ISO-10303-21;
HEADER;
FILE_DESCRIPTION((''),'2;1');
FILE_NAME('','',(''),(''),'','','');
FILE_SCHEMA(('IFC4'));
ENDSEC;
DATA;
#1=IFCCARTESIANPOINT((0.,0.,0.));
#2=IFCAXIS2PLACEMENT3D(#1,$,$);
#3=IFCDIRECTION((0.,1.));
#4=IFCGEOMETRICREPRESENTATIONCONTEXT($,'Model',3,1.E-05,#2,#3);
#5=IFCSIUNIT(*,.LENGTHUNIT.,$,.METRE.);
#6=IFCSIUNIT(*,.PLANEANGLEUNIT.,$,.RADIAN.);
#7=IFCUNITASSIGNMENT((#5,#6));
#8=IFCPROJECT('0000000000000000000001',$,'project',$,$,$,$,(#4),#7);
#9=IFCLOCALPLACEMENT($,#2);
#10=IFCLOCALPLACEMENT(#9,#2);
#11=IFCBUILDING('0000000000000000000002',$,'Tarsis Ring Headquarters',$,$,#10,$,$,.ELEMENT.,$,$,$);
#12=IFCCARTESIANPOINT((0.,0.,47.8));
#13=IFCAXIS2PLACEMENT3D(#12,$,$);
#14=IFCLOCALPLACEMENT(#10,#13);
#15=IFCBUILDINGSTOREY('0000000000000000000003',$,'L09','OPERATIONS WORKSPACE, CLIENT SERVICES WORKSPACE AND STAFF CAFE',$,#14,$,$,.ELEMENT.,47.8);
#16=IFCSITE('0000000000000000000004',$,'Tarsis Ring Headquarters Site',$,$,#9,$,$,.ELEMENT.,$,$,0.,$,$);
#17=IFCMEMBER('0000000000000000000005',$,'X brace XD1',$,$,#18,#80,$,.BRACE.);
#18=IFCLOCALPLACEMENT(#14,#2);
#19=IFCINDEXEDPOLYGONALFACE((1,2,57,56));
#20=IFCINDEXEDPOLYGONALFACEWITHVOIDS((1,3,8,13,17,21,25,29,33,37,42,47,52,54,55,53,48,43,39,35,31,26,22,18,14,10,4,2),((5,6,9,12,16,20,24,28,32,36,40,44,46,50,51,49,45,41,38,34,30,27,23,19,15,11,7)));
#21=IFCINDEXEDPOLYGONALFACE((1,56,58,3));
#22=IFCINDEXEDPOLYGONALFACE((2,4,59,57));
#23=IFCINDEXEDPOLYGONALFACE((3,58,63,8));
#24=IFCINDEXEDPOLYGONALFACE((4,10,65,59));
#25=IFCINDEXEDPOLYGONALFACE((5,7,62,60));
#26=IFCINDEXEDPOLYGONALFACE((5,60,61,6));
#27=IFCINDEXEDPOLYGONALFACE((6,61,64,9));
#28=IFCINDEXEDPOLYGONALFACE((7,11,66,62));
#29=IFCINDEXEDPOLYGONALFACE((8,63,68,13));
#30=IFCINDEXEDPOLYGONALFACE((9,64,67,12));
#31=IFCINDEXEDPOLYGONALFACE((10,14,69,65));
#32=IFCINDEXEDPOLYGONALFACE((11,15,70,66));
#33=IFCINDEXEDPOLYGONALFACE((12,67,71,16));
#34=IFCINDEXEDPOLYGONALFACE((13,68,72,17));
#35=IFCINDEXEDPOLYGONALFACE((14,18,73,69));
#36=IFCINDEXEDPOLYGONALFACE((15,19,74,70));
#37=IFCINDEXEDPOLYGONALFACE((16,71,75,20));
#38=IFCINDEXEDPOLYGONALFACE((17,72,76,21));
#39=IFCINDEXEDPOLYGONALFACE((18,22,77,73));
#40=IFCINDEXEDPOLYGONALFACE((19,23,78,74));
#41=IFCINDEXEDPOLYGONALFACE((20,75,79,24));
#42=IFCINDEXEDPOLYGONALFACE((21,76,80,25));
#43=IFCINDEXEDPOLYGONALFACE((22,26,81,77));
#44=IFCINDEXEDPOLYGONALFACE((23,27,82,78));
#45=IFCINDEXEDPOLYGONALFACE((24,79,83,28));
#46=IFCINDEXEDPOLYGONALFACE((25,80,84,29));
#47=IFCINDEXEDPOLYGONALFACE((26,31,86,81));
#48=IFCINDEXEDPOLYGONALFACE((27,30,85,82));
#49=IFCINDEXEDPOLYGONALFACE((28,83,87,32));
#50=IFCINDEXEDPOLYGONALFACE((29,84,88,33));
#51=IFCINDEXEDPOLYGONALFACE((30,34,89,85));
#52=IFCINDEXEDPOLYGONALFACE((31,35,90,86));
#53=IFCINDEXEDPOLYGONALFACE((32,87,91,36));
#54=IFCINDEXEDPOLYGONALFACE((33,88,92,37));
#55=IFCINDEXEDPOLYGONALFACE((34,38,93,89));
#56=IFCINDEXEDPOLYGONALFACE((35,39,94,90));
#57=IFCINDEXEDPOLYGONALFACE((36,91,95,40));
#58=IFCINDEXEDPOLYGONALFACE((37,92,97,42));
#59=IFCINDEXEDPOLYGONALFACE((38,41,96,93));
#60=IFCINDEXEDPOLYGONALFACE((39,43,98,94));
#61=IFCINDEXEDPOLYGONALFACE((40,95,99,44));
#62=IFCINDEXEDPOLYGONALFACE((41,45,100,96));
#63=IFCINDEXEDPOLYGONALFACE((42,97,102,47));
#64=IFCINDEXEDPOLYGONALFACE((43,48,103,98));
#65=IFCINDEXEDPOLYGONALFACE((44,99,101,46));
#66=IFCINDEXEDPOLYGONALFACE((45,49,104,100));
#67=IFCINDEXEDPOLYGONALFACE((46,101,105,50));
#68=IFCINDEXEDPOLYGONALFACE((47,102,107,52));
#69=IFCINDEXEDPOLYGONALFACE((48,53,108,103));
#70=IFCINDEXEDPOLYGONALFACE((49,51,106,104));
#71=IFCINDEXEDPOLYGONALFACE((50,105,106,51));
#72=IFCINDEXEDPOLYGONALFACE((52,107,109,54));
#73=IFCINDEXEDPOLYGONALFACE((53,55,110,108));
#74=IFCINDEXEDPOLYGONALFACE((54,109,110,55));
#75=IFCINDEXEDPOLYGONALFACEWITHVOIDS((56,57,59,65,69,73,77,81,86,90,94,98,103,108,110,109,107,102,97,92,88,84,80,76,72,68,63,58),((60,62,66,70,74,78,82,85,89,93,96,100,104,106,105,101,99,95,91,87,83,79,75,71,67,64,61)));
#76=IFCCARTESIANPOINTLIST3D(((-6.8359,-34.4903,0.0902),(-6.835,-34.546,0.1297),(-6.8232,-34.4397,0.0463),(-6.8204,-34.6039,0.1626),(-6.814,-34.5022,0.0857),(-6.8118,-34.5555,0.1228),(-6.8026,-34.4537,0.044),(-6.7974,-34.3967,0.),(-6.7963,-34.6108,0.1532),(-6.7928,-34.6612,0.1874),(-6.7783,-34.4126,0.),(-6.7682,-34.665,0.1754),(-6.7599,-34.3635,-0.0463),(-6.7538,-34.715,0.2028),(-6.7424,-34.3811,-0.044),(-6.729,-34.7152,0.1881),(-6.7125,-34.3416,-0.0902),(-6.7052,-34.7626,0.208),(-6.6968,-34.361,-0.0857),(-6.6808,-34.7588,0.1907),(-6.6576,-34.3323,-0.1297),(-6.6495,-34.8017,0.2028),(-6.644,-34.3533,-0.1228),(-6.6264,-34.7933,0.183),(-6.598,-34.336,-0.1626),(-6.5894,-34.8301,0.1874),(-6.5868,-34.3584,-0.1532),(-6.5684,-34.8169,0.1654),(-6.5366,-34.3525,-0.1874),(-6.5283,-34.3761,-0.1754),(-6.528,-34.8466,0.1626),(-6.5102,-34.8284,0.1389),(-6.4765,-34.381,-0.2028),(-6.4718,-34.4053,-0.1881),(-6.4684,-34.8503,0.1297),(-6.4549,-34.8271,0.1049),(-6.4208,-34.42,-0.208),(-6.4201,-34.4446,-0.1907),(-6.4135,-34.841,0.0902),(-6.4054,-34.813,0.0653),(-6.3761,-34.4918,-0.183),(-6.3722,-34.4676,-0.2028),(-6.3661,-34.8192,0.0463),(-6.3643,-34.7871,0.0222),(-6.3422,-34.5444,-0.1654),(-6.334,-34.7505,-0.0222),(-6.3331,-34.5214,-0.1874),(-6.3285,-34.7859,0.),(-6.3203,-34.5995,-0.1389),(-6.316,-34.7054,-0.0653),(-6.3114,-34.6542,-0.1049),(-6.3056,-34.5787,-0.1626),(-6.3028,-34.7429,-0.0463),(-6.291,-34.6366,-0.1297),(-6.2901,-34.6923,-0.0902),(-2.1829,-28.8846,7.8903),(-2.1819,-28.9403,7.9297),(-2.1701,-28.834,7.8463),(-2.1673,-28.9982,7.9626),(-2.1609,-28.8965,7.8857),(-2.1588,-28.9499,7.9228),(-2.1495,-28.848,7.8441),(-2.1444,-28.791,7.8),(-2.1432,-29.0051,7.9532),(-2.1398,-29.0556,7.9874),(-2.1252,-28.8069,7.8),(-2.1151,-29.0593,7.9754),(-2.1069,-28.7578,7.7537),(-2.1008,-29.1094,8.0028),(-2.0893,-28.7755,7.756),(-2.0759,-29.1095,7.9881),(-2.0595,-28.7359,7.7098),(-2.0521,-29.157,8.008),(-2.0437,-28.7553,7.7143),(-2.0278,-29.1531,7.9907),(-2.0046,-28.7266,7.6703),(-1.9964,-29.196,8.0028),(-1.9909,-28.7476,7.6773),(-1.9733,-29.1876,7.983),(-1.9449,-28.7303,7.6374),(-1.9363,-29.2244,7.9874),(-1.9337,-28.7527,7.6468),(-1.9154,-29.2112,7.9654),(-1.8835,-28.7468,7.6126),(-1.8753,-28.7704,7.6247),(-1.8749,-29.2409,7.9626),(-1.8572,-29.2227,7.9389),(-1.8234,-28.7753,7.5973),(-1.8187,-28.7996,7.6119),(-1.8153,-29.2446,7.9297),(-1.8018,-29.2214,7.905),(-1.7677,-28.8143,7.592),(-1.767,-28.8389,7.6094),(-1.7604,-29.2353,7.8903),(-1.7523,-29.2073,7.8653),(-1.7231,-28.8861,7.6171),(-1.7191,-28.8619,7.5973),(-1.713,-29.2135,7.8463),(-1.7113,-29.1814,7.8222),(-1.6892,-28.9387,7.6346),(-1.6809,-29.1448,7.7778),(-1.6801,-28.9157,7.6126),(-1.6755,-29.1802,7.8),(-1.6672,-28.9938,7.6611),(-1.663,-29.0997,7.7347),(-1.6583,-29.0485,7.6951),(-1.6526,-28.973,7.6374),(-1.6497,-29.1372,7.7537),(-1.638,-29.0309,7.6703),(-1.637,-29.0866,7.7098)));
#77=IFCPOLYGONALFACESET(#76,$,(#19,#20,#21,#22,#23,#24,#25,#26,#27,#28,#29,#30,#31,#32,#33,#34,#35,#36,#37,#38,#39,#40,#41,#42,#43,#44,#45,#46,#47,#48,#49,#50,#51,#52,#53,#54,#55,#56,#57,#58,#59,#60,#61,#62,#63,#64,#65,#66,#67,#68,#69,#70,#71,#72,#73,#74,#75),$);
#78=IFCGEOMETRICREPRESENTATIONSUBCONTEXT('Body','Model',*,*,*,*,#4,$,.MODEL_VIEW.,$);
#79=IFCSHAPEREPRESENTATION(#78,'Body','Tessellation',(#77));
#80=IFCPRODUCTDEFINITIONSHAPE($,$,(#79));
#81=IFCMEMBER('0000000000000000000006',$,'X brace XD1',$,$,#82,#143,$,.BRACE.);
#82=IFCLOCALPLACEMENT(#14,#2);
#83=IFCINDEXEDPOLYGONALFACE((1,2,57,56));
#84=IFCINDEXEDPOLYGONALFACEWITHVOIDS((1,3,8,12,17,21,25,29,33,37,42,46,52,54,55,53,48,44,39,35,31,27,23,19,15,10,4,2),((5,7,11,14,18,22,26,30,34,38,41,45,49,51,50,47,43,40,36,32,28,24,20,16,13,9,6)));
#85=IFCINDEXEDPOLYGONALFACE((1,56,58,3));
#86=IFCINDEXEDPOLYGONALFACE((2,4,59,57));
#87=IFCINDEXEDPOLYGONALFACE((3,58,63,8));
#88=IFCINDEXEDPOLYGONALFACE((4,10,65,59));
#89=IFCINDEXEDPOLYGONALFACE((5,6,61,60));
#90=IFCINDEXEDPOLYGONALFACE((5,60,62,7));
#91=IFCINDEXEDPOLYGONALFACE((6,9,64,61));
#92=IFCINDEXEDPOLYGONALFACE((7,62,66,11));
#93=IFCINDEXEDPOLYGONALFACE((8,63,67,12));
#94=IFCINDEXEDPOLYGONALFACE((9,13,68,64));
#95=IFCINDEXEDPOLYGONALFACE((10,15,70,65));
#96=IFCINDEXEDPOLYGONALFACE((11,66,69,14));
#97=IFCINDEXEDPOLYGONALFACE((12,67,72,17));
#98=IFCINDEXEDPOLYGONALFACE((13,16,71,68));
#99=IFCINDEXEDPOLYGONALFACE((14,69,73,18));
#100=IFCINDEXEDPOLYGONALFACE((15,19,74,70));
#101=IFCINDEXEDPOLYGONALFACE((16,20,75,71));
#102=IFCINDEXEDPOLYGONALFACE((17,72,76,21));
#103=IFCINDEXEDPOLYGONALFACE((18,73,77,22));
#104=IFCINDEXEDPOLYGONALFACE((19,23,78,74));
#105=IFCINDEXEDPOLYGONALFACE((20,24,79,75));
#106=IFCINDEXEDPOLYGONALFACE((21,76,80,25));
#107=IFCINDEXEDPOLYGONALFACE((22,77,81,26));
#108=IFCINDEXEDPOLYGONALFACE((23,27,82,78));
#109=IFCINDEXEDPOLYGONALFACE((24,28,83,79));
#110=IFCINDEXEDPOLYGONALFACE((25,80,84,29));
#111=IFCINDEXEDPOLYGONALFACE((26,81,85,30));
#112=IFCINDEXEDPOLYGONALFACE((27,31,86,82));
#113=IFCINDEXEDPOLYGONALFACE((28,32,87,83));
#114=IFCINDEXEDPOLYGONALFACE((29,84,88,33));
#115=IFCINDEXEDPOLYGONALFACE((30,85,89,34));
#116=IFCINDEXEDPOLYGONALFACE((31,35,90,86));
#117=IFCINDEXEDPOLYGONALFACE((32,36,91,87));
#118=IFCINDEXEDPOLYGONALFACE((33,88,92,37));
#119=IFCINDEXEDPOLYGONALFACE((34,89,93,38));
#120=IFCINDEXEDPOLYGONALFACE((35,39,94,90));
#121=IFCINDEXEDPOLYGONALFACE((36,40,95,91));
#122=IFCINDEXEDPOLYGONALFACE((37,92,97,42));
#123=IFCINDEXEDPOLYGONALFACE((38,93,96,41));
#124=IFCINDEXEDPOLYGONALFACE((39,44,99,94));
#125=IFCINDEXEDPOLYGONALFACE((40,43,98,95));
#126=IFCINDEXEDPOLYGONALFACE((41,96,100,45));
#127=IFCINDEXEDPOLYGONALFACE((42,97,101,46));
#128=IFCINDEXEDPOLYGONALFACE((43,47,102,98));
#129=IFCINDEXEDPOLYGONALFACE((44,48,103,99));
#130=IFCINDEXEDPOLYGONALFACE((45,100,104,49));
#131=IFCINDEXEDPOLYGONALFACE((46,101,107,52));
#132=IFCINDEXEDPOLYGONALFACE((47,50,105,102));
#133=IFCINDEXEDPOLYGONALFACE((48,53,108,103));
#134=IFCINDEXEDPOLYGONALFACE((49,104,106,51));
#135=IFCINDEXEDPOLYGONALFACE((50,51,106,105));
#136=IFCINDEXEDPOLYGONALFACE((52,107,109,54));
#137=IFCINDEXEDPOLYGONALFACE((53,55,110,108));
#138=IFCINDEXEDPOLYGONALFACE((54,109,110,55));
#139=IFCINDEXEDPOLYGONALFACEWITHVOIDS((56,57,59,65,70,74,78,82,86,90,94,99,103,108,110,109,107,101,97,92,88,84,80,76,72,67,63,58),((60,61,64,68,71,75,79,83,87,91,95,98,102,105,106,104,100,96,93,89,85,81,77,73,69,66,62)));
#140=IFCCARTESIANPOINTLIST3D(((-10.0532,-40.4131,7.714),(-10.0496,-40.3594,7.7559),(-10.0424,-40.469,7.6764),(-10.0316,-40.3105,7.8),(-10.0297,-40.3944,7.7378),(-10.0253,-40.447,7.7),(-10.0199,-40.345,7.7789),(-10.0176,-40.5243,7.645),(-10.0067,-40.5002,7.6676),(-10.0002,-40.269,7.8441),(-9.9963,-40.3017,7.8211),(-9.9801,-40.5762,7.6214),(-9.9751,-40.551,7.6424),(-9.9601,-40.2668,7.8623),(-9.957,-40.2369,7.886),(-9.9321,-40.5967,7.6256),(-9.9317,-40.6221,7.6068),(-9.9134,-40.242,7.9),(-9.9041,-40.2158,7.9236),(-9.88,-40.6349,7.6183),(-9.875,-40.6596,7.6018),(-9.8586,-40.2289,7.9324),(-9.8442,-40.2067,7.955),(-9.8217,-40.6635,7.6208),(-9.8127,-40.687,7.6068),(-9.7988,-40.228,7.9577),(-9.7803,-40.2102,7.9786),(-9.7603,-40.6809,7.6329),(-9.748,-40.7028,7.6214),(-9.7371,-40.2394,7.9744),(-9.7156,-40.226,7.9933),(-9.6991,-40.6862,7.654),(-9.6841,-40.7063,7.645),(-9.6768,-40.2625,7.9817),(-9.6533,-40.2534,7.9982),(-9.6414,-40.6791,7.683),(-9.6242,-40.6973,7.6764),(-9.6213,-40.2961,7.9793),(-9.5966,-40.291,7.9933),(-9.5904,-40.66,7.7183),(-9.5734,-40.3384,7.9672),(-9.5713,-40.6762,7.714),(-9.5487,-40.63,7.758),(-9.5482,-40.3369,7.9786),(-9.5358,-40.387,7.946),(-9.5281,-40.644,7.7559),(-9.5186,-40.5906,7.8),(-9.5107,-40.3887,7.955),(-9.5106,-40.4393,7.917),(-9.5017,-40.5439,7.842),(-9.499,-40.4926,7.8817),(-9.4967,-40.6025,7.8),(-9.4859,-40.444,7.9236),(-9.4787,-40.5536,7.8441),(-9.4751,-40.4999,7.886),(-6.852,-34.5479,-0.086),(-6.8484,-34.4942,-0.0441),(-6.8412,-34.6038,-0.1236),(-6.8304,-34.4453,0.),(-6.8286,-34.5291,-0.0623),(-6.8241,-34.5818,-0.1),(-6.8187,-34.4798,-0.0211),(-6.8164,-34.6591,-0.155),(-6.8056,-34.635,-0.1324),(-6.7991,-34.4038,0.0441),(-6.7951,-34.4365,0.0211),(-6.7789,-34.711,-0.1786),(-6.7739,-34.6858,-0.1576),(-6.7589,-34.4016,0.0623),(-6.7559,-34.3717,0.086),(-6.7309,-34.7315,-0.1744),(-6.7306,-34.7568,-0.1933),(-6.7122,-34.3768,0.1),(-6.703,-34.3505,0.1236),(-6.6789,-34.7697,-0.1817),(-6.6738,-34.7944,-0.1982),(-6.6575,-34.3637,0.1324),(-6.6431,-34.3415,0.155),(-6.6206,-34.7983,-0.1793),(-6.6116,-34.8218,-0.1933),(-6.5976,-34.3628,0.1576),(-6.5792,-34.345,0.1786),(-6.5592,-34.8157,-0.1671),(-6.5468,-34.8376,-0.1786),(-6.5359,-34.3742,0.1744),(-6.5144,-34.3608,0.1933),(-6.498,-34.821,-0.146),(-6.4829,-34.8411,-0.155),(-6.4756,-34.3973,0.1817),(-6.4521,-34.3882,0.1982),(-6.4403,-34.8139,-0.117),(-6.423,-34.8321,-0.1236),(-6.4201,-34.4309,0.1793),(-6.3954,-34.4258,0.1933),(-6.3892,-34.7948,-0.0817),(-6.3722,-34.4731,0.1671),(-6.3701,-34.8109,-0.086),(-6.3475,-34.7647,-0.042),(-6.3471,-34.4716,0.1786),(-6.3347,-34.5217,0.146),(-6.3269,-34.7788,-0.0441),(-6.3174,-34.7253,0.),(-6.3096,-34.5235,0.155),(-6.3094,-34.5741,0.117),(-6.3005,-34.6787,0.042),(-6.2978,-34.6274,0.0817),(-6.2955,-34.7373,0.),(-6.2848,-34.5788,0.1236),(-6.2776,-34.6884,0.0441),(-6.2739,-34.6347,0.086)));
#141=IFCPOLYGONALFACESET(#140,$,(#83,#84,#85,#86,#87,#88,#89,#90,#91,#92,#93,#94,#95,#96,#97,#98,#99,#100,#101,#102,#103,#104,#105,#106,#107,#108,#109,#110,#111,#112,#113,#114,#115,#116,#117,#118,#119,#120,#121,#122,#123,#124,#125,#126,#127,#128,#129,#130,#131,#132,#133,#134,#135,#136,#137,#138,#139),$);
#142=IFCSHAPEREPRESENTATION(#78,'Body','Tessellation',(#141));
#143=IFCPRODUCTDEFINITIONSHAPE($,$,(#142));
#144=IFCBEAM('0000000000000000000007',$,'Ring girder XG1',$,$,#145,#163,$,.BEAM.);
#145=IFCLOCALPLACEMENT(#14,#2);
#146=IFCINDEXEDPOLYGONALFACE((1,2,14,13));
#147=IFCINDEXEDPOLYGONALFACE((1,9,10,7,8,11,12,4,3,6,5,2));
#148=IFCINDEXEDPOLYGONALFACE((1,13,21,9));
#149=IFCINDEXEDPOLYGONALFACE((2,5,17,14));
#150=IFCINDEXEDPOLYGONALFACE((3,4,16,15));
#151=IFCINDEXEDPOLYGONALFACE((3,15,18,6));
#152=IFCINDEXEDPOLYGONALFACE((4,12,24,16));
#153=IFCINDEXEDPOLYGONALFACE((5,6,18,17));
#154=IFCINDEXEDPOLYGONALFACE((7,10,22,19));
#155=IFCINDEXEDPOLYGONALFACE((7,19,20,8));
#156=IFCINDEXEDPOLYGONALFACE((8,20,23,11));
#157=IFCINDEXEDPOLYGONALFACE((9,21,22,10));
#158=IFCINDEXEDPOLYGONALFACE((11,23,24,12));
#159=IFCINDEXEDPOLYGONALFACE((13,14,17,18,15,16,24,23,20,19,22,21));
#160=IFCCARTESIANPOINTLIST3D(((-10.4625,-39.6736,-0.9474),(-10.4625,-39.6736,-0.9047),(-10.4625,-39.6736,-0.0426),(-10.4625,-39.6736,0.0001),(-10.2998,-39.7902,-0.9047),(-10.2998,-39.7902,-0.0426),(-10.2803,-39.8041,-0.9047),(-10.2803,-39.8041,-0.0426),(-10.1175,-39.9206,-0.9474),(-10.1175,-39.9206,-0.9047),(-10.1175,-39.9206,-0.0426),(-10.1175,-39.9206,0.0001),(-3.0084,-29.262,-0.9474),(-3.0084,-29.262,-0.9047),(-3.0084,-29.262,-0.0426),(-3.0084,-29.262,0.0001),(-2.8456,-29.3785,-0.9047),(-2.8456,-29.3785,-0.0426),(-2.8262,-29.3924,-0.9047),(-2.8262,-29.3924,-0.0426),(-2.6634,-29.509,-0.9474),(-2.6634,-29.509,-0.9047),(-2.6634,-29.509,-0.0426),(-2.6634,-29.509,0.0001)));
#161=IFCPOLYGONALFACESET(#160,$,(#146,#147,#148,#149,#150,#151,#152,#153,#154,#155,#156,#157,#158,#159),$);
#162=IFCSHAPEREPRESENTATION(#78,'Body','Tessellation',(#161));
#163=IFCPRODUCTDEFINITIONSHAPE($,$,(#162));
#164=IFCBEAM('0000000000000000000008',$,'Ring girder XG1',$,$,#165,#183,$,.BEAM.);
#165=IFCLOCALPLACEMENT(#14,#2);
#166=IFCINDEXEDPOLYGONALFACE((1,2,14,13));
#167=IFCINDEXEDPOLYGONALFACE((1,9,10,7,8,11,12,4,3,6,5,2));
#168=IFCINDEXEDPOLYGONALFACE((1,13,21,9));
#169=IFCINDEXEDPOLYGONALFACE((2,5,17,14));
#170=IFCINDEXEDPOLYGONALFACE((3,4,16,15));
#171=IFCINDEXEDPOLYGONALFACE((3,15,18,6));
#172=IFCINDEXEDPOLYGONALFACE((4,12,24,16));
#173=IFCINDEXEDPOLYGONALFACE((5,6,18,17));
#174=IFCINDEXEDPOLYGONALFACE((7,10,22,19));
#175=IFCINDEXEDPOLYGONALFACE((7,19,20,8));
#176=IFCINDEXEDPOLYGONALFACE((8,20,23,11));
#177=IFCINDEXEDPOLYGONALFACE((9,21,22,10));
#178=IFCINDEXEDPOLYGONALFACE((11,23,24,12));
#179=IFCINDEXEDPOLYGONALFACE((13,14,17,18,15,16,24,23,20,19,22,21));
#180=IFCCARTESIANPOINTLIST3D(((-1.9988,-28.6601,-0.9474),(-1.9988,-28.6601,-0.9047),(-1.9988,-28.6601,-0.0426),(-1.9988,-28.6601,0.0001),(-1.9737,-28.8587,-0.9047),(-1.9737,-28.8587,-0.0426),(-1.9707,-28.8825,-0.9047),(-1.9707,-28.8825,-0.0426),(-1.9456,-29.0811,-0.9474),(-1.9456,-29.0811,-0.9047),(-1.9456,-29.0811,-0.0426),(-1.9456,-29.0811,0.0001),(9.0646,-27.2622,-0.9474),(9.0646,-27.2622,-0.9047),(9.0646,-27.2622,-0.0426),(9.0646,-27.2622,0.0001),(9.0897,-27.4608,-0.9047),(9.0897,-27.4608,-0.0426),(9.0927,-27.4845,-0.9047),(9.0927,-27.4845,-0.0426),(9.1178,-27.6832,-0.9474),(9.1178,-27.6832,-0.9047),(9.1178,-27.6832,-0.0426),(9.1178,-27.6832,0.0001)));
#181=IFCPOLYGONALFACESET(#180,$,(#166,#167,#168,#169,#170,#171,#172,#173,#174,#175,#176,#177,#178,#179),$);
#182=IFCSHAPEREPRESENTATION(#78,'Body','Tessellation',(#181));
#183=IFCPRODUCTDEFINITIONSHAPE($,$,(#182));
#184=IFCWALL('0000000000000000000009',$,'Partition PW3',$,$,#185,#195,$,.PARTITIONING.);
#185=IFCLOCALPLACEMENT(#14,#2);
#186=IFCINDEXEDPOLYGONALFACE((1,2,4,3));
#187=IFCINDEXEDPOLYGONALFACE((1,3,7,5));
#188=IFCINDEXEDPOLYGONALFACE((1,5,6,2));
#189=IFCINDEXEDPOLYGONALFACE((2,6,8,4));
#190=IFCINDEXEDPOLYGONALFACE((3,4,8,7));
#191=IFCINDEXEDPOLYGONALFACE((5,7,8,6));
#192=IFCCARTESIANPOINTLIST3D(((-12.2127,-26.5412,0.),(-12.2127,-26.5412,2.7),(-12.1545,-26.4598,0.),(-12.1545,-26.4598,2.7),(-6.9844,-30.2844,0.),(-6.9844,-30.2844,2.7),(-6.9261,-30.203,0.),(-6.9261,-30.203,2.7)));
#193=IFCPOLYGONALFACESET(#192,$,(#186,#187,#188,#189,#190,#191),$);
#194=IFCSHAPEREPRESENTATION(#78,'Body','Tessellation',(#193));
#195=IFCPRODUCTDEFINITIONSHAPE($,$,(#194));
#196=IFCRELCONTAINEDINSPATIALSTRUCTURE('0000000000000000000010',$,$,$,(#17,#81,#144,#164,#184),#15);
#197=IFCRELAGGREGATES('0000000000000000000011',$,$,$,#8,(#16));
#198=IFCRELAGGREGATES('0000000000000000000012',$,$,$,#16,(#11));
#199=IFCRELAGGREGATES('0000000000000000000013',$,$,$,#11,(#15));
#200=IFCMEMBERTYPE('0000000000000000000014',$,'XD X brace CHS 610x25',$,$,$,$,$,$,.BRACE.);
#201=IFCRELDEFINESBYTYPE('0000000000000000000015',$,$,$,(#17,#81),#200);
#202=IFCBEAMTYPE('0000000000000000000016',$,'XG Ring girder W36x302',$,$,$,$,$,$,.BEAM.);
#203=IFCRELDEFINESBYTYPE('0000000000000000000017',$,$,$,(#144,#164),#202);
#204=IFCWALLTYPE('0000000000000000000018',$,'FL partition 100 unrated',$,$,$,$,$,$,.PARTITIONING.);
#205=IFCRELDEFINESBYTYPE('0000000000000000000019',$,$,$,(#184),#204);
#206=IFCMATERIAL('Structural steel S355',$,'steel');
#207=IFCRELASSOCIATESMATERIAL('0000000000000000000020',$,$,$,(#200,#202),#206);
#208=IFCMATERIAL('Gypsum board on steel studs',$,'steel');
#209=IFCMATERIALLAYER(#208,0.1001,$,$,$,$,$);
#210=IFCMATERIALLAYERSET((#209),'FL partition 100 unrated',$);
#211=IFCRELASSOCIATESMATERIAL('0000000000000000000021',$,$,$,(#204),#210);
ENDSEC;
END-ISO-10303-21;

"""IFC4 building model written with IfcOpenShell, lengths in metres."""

from ifc_helpers import new_model, si_unit, direction, frame, frame_2d, origin, origin_2d, place, context, subcontext, project, spatial, rectangle, hollow_circle, i_section, extrude, material, layer, layer_set, material_profile, profile_set, type_object, element, save


model = new_model("IFC4")

# Units and contexts
model_context = context("Model", 3, precision=1e-05, world=origin(), true_north=direction((0.0, 1.0)))
body_context = subcontext(model_context, "Body", "Model", "MODEL_VIEW")
ifc_project = project(units=[si_unit("LENGTHUNIT", "METRE"), si_unit("PLANEANGLEUNIT", "RADIAN")], contexts=[model_context])

# Site, building, storey
site_placement = place(None, origin())
site = spatial("IfcSite", under=ifc_project, at=site_placement, Name="Tarsis Ring Headquarters Site", CompositionType="ELEMENT", RefElevation=0.0)
building_placement = place(site_placement, origin())
building = spatial("IfcBuilding", under=site, at=building_placement, Name="Tarsis Ring Headquarters", CompositionType="ELEMENT")
storey_placement = place(building_placement, frame((0.0, 0.0, 47.8)))
storey = spatial("IfcBuildingStorey", under=building, at=storey_placement, Name="L09", Description="OPERATIONS WORKSPACE, CLIENT SERVICES WORKSPACE AND STAFF CAFE", CompositionType="ELEMENT", Elevation=47.8)

# Members
ifc_material_1 = material(Name="Structural steel S355", Category="steel")
ifc_material_profile_1 = material_profile(ifc_material_1, hollow_circle(Radius=0.3047, WallThickness=0.0249, at=origin_2d()), Name="CHS 610x25")
ifc_profile_set_1 = profile_set([ifc_material_profile_1], Name="Structural steel S355")
member_type = type_object("IfcMemberType", Name="XD X brace CHS 610x25", PredefinedType="BRACE", material=ifc_profile_set_1)
member_1_placement = place(storey_placement, frame((-6.563, -34.5913, 0.0), z_axis=(0.435961, 0.525217, 0.730811), x_axis=(-0.769459, 0.638697, 0.0)))
element("IfcMember", 1, at=member_1_placement, inside=storey, type_object=member_type, Name="X brace XD1", PredefinedType="BRACE", context=body_context, shape_type="SweptSolid", body=[
    extrude(hollow_circle(Radius=0.3047, WallThickness=0.0249, at=origin_2d()), origin(), (0.0, 0.0, 1.0), 10.6731),
])
member_2_placement = place(storey_placement, frame((-6.563, -34.5913, 0.0), z_axis=(-0.311677, -0.571059, 0.75944), x_axis=(0.877773, -0.479077, 0.0)))
element("IfcMember", 2, at=member_2_placement, inside=storey, type_object=member_type, Name="X brace XD1", PredefinedType="BRACE", context=body_context, shape_type="SweptSolid", body=[
    extrude(hollow_circle(Radius=0.3047, WallThickness=0.0249, at=origin_2d()), origin(), (0.0, 0.0, 1.0), 10.2708),
])

# Beams
ifc_material_profile_2 = material_profile(ifc_material_1, i_section(OverallWidth=0.4243, OverallDepth=0.9475, WebThickness=0.0239, FlangeThickness=0.0427, at=origin_2d()), Name="W36x302")
ifc_profile_set_2 = profile_set([ifc_material_profile_2], Name="Structural steel S355")
beam_type = type_object("IfcBeamType", Name="XG Ring girder W36x302", PredefinedType="BEAM", material=ifc_profile_set_2)
beam_1_placement = place(storey_placement, frame((-10.29, -39.7971, -0.4736), z_axis=(0.582129, 0.813097, 0.0), x_axis=(-0.813097, 0.582129, 0.0)))
element("IfcBeam", 3, at=beam_1_placement, inside=storey, type_object=beam_type, Name="Ring girder XG1", PredefinedType="BEAM", context=body_context, shape_type="SweptSolid", body=[
    extrude(i_section(OverallWidth=0.4243, OverallDepth=0.9475, WebThickness=0.0239, FlangeThickness=0.0427, at=origin_2d()), origin(), (0.0, 0.0, 1.0), 12.8049),
])
beam_2_placement = place(storey_placement, frame((-1.9722, -28.8706, -0.4736), z_axis=(0.992111, 0.12536, 0.0), x_axis=(-0.12536, 0.992111, 0.0)))
element("IfcBeam", 4, at=beam_2_placement, inside=storey, type_object=beam_type, Name="Ring girder XG1", PredefinedType="BEAM", context=body_context, shape_type="SweptSolid", body=[
    extrude(i_section(OverallWidth=0.4243, OverallDepth=0.9475, WebThickness=0.0239, FlangeThickness=0.0427, at=origin_2d()), origin(), (0.0, 0.0, 1.0), 11.1514),
])

# Wall
ifc_material_2 = material(Name="Gypsum board on steel studs", Category="steel")
ifc_layer_1 = layer(ifc_material_2, 0.1001)
ifc_layer_set_1 = layer_set([ifc_layer_1], Name="FL partition 100 unrated")
wall_type_1 = type_object("IfcWallType", Name="FL partition 100 unrated", PredefinedType="PARTITIONING", material=ifc_layer_set_1)
wall_1_placement = place(storey_placement, frame((-12.1836, -26.5005, 0.0), z_axis=(0.0, 0.0, 1.0), x_axis=(0.813094, -0.582132, 0.0)))
element("IfcWall", 5, at=wall_1_placement, inside=storey, type_object=wall_type_1, Name="Partition PW3", PredefinedType="PARTITIONING", context=body_context, shape_type="SweptSolid", body=[
    extrude(rectangle(XDim=6.4302, YDim=0.1001, at=frame_2d((3.2151, 0.0))), origin(), (0.0, 0.0, 1.0), 2.7),
])

save(model, "model.ifc")
